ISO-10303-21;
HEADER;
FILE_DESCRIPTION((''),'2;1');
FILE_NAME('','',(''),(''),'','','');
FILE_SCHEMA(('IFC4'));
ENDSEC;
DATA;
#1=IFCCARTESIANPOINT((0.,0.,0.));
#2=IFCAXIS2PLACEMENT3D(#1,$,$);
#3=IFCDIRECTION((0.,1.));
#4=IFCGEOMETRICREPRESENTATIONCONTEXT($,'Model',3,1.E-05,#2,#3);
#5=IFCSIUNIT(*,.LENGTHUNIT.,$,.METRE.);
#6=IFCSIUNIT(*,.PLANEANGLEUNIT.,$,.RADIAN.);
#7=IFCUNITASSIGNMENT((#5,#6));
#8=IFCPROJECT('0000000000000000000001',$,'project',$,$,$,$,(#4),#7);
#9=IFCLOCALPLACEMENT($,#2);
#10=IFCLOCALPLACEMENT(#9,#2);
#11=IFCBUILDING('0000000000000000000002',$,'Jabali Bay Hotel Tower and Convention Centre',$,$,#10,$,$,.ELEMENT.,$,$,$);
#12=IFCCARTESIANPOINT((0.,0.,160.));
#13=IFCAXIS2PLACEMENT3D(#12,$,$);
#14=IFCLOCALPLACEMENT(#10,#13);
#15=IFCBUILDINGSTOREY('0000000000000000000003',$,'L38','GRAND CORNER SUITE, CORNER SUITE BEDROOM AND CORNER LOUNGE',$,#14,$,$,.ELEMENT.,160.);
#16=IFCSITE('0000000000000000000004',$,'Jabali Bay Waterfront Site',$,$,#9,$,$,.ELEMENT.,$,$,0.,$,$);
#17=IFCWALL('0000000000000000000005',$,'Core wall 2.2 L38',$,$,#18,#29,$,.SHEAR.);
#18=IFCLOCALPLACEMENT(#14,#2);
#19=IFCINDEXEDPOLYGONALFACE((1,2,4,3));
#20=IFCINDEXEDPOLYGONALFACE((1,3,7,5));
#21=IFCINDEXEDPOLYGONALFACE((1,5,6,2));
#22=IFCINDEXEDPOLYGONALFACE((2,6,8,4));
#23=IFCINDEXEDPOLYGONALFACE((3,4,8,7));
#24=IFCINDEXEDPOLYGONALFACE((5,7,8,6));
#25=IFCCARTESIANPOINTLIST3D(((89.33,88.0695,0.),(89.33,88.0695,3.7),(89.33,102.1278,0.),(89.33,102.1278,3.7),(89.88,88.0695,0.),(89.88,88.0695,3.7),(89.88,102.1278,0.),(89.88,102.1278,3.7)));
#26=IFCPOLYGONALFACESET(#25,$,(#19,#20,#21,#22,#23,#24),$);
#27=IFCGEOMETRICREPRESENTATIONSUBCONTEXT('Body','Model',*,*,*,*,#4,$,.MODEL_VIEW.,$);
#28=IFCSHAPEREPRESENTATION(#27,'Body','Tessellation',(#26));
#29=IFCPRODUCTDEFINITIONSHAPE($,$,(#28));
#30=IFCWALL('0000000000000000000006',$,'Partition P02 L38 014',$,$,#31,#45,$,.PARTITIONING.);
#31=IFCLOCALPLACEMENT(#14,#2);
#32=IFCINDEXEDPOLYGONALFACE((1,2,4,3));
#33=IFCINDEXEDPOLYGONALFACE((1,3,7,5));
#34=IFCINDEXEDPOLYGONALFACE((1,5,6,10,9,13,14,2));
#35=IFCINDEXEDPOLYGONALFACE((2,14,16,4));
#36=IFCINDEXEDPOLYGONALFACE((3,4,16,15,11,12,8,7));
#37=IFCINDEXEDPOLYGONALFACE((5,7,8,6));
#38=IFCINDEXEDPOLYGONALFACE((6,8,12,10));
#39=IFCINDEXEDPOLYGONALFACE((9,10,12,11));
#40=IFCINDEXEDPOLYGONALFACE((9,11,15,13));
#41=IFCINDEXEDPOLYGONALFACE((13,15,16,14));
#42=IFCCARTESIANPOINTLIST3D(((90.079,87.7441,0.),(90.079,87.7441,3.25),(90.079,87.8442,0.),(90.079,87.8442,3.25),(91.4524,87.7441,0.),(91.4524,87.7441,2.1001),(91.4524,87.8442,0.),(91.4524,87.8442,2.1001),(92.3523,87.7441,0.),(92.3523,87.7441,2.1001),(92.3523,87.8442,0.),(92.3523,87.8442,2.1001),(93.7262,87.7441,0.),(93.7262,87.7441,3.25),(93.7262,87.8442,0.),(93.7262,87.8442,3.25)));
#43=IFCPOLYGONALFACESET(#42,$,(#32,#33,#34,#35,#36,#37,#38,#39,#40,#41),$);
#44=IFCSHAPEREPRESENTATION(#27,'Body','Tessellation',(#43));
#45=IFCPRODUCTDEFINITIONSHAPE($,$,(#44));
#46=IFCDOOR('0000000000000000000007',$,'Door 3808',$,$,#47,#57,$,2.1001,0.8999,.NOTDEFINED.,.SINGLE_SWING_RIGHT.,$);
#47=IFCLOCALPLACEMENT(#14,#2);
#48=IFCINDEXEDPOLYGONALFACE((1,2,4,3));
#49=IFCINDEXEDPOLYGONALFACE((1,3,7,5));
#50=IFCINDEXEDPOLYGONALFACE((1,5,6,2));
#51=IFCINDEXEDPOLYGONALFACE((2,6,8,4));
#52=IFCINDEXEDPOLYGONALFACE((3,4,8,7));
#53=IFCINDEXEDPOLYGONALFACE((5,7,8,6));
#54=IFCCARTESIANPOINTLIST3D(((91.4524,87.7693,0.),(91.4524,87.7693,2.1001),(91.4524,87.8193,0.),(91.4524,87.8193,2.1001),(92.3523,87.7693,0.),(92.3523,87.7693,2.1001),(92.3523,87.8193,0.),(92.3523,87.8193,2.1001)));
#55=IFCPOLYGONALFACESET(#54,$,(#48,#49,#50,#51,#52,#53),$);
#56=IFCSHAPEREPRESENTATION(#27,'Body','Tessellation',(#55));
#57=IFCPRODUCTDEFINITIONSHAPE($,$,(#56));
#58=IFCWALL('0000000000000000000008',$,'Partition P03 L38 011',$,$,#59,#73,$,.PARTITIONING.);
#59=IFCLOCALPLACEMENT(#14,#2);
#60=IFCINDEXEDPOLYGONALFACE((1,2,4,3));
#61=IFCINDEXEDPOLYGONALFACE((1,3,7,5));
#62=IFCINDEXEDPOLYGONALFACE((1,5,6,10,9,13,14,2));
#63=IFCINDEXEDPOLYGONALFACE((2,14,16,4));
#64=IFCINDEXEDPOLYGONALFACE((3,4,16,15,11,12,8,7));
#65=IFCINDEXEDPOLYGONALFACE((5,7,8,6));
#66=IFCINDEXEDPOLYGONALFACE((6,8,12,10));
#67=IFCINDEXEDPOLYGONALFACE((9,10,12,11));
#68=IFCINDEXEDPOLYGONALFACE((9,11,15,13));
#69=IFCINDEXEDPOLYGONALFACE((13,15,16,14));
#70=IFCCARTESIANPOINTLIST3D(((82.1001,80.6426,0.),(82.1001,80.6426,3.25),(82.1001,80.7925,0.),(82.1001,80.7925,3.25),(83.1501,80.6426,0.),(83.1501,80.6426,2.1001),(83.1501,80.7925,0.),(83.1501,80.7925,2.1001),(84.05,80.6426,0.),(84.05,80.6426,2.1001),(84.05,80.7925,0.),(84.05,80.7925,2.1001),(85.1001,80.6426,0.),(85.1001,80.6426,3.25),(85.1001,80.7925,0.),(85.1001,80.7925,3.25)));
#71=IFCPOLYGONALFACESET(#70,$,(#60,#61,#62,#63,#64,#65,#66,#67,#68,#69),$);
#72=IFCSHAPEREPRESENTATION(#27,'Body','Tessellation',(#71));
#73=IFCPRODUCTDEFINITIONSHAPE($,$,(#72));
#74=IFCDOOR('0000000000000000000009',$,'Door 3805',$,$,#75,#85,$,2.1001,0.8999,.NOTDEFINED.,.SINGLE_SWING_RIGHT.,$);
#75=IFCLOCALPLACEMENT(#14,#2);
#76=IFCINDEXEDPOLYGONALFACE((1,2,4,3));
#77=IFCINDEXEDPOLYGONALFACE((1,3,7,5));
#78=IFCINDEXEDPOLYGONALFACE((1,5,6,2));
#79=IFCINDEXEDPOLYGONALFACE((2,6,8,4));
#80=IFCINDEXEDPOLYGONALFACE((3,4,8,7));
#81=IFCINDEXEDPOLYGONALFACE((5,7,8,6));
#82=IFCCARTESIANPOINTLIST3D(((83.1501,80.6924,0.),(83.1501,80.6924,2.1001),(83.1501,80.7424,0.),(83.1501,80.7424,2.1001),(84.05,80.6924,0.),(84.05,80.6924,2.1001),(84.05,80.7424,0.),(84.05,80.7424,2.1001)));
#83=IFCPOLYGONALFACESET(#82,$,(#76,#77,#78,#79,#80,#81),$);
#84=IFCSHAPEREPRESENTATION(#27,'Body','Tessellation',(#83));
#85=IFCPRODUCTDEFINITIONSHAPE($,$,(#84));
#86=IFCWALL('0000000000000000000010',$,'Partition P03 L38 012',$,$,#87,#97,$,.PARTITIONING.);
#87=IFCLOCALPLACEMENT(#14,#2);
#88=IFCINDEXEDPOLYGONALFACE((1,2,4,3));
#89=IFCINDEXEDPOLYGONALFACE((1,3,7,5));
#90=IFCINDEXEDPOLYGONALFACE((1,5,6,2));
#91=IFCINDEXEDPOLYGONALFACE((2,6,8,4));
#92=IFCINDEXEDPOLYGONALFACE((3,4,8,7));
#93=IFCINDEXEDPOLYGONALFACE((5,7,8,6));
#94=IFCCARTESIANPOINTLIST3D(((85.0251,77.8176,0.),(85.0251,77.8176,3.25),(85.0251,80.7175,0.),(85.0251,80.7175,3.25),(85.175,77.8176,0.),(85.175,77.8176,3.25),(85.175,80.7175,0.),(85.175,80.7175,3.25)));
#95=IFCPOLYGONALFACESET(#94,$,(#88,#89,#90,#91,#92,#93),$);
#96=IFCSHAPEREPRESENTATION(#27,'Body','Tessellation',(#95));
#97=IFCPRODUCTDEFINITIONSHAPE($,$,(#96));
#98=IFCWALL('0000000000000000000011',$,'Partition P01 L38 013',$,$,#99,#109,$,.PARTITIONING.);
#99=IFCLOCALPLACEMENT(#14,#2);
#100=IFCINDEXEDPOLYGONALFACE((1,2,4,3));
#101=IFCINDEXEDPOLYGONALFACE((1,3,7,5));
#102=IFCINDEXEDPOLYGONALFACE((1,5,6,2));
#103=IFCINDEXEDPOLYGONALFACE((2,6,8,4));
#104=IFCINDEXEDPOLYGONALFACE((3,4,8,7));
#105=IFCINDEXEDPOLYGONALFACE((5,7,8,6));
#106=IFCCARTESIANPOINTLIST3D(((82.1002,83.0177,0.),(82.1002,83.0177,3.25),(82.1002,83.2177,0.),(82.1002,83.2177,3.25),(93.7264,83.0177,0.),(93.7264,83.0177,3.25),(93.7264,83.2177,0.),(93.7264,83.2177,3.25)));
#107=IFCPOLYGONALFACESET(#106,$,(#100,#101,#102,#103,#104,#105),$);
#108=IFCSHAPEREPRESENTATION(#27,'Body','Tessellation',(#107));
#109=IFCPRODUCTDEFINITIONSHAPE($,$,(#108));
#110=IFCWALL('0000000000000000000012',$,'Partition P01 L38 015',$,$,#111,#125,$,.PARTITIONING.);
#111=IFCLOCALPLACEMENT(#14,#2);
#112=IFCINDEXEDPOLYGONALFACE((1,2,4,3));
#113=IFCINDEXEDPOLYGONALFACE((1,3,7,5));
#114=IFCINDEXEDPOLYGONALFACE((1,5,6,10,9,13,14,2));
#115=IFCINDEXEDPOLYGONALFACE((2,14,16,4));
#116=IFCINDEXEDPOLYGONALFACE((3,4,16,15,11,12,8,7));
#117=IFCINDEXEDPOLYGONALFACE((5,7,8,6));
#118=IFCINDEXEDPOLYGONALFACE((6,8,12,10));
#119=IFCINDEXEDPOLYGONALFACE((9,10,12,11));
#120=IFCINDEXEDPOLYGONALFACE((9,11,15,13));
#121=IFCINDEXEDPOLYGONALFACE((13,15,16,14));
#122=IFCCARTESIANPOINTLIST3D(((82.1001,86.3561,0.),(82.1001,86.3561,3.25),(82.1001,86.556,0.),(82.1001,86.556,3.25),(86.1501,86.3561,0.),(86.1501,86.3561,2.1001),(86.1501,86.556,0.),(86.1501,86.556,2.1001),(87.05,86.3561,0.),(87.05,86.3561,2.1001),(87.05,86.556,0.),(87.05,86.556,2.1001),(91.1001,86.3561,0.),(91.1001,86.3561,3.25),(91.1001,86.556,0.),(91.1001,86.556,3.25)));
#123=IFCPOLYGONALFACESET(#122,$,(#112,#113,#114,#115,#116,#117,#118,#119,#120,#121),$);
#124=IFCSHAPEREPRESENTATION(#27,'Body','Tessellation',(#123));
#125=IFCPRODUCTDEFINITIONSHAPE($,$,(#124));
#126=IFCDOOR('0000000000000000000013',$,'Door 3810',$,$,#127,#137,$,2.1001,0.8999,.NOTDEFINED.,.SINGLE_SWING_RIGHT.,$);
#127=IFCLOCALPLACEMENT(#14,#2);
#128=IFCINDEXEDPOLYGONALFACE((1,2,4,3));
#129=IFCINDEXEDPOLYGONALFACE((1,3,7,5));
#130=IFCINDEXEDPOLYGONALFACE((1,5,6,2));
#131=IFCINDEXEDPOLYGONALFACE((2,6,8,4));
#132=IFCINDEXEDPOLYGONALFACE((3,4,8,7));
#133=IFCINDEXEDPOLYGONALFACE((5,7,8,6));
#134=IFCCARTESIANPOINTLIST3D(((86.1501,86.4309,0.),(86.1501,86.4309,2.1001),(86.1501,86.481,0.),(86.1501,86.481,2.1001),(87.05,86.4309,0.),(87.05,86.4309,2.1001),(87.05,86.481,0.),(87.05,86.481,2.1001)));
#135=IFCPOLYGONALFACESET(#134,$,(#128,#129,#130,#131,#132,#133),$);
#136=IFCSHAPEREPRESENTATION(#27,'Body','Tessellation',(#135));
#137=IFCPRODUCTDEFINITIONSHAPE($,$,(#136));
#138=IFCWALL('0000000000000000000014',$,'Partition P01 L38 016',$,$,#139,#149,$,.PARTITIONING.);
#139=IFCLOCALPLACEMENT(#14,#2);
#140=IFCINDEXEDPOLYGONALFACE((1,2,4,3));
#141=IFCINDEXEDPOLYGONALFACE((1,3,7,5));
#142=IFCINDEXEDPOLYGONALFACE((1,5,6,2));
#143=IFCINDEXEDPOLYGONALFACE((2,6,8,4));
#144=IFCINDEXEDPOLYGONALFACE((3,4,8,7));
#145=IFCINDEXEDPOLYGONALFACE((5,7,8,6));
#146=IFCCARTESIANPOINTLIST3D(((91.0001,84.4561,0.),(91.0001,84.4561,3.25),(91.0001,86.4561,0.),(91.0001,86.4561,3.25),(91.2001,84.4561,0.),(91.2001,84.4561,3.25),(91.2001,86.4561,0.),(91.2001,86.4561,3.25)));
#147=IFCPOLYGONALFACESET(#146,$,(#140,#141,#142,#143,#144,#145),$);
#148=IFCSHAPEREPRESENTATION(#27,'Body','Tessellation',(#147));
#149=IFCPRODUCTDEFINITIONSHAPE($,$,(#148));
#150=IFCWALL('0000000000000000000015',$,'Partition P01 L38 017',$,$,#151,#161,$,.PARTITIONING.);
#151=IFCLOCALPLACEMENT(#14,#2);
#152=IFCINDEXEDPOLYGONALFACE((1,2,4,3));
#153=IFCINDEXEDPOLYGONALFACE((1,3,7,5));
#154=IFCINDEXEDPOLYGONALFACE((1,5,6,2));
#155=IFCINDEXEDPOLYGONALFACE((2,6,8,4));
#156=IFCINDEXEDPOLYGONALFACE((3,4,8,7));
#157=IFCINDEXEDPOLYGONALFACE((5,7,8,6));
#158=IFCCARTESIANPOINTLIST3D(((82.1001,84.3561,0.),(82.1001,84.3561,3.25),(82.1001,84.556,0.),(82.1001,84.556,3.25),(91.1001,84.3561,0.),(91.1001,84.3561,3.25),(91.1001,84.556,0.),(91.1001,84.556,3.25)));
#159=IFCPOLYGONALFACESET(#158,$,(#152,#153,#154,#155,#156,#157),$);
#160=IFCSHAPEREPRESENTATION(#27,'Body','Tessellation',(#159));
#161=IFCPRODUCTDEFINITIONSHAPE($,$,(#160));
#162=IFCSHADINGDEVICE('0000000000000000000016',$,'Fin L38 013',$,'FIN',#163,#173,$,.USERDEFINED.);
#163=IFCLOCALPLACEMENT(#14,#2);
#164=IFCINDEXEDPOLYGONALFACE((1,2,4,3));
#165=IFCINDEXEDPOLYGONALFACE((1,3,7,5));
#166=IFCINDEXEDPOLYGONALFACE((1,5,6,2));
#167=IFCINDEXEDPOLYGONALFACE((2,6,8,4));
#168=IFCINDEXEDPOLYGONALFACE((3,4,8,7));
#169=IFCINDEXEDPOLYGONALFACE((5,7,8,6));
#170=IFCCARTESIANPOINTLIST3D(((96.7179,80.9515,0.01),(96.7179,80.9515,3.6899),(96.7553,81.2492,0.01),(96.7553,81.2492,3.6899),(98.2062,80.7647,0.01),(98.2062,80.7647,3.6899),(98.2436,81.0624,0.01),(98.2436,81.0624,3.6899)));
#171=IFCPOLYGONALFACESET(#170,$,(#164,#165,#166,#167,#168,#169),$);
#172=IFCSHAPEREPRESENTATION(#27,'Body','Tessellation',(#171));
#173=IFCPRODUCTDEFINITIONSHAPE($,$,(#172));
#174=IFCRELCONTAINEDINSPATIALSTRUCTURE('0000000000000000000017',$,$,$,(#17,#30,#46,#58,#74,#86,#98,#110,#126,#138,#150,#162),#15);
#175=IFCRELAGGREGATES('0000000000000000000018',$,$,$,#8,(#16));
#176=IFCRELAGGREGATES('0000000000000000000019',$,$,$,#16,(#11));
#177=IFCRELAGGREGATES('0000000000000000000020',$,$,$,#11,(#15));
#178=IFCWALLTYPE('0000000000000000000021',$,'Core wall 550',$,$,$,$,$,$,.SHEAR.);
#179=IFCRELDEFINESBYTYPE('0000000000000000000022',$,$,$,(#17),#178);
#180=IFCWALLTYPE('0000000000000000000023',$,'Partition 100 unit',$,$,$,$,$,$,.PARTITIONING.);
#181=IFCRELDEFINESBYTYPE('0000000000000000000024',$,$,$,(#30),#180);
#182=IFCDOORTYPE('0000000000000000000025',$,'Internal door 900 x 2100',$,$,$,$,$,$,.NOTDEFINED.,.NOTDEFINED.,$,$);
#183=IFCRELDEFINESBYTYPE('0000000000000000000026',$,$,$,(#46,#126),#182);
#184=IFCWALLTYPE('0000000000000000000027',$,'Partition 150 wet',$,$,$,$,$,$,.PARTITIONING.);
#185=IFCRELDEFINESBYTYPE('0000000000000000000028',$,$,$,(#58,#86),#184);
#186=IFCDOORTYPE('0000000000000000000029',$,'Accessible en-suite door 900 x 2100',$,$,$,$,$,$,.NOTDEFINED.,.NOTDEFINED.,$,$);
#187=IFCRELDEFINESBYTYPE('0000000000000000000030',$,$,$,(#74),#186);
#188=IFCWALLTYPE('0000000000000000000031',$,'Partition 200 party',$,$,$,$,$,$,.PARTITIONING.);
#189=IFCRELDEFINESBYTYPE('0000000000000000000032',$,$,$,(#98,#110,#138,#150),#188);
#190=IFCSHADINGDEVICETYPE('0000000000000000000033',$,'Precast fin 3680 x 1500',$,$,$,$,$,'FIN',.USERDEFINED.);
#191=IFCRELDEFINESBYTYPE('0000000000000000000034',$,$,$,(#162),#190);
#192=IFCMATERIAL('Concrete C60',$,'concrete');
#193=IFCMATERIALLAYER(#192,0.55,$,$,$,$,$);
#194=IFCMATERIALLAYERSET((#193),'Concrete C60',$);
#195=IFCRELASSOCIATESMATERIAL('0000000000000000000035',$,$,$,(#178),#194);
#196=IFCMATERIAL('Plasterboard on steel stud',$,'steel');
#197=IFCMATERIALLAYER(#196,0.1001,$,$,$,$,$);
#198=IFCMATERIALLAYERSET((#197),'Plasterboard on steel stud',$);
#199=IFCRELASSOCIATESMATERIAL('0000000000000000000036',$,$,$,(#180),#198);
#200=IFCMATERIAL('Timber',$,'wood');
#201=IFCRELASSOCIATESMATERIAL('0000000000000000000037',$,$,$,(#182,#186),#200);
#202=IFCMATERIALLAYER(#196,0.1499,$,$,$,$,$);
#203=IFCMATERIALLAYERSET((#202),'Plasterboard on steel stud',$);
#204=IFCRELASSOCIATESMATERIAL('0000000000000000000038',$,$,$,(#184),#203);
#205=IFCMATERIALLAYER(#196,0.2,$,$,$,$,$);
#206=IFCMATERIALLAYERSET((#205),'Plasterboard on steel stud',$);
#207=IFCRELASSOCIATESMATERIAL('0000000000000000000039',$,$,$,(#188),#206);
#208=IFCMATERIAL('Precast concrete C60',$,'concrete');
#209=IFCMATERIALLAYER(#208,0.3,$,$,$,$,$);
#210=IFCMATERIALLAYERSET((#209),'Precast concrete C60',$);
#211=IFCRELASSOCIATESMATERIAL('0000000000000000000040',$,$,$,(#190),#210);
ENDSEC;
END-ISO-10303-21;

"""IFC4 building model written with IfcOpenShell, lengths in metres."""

from ifc_helpers import new_model, si_unit, direction, frame, frame_2d, origin, place, context, subcontext, project, spatial, rectangle, extrude, material, layer, layer_set, type_object, element, fill, save


model = new_model("IFC4")

# Units and contexts
model_context = context("Model", 3, precision=1e-05, world=origin(), true_north=direction((0.0, 1.0)))
body_context = subcontext(model_context, "Body", "Model", "MODEL_VIEW")
ifc_project = project(units=[si_unit("LENGTHUNIT", "METRE"), si_unit("PLANEANGLEUNIT", "RADIAN")], contexts=[model_context])

# Site, building, storey
site_placement = place(None, origin())
site = spatial("IfcSite", under=ifc_project, at=site_placement, Name="Jabali Bay Waterfront Site", CompositionType="ELEMENT", RefElevation=0.0)
building_placement = place(site_placement, origin())
building = spatial("IfcBuilding", under=site, at=building_placement, Name="Jabali Bay Hotel Tower and Convention Centre", CompositionType="ELEMENT")
storey_placement = place(building_placement, frame((0.0, 0.0, 160.0)))
storey = spatial("IfcBuildingStorey", under=building, at=storey_placement, Name="L38", Description="GRAND CORNER SUITE, CORNER SUITE BEDROOM AND CORNER LOUNGE", CompositionType="ELEMENT", Elevation=160.0)

# Shared definitions
ifc_material_1 = material(Name="Concrete C60", Category="concrete")

# Wall
ifc_layer_1 = layer(ifc_material_1, 0.55)
ifc_layer_set_1 = layer_set([ifc_layer_1], Name="Concrete C60")
wall_type_1 = type_object("IfcWallType", Name="Core wall 550", PredefinedType="SHEAR", material=ifc_layer_set_1)
wall_1_placement = place(storey_placement, frame((89.605, 88.0693, 0.0), z_axis=(0.0, 0.0, 1.0), x_axis=(0.0, 1.0, 0.0)))
element("IfcWall", 1, at=wall_1_placement, inside=storey, type_object=wall_type_1, Name="Core wall 2.2 L38", PredefinedType="SHEAR", context=body_context, shape_type="SweptSolid", body=[
    extrude(rectangle(XDim=14.0583, YDim=0.55, at=frame_2d((7.0293, 0.0))), origin(), (0.0, 0.0, 1.0), 3.7),
])

# Walls, openings, doors
ifc_material_2 = material(Name="Plasterboard on steel stud", Category="steel")
ifc_layer_2 = layer(ifc_material_2, 0.1001)
ifc_layer_set_2 = layer_set([ifc_layer_2], Name="Plasterboard on steel stud")
wall_type_2 = type_object("IfcWallType", Name="Partition 100 unit", PredefinedType="PARTITIONING", material=ifc_layer_set_2)
wall_2_placement = place(storey_placement, frame((93.7263, 87.7942, 0.0), z_axis=(0.0, 0.0, 1.0), x_axis=(-1.0, 0.0, 0.0)))
wall_2 = element("IfcWall", 2, at=wall_2_placement, inside=storey, type_object=wall_type_2, Name="Partition P02 L38 014", PredefinedType="PARTITIONING", context=body_context, shape_type="SweptSolid", body=[
    extrude(rectangle(XDim=3.6472, YDim=0.1001, at=frame_2d((1.8237, 0.0))), origin(), (0.0, 0.0, 1.0), 3.25),
])
opening_1_placement = place(wall_2_placement, frame((1.374, 0.0, 0.0)))
opening_1 = element("IfcOpeningElement", 3, at=opening_1_placement, cuts=wall_2, PredefinedType="OPENING", context=body_context, shape_type="SweptSolid", body=[
    extrude(rectangle(XDim=0.8999, YDim=2.1001, at=frame_2d((0.45, 1.05))), frame((0.0, 0.0605, 0.0), z_axis=(0.0, -1.0, 0.0), x_axis=(1.0, 0.0, 0.0)), (0.0, 0.0, 1.0), 0.1211),
])
ifc_material_3 = material(Name="Timber", Category="wood")
door_type_1 = type_object("IfcDoorType", Name="Internal door 900 x 2100", OperationType="NOTDEFINED", PredefinedType="NOTDEFINED", material=ifc_material_3)
door_1_placement = place(opening_1_placement, origin())
door_1 = element("IfcDoor", 4, at=door_1_placement, inside=storey, type_object=door_type_1, Name="Door 3808", OperationType="SINGLE_SWING_RIGHT", OverallHeight=2.1001, OverallWidth=0.8999, PredefinedType="NOTDEFINED", context=body_context, shape_type="SweptSolid", body=[
    extrude(rectangle(XDim=0.8999, YDim=2.1001, at=frame_2d((0.45, 1.05))), frame((0.0, 0.0249, 0.0), z_axis=(0.0, -1.0, 0.0), x_axis=(1.0, 0.0, 0.0)), (0.0, 0.0, 1.0), 0.05),
])
fill(opening_1, door_1)
ifc_layer_3 = layer(ifc_material_2, 0.1499)
ifc_layer_set_3 = layer_set([ifc_layer_3], Name="Plasterboard on steel stud")
wall_type_3 = type_object("IfcWallType", Name="Partition 150 wet", PredefinedType="PARTITIONING", material=ifc_layer_set_3)
wall_3_placement = place(storey_placement, frame((82.1001, 80.7175, 0.0), z_axis=(0.0, 0.0, 1.0), x_axis=(1.0, 0.0, 0.0)))
wall_3 = element("IfcWall", 5, at=wall_3_placement, inside=storey, type_object=wall_type_3, Name="Partition P03 L38 011", PredefinedType="PARTITIONING", context=body_context, shape_type="SweptSolid", body=[
    extrude(rectangle(XDim=3.0, YDim=0.1499, at=frame_2d((1.5, 0.0))), origin(), (0.0, 0.0, 1.0), 3.25),
])
opening_2_placement = place(wall_3_placement, frame((1.05, 0.0, 0.0)))
opening_2 = element("IfcOpeningElement", 6, at=opening_2_placement, cuts=wall_3, PredefinedType="OPENING", context=body_context, shape_type="SweptSolid", body=[
    extrude(rectangle(XDim=0.8999, YDim=2.1001, at=frame_2d((0.45, 1.05))), frame((0.0, 0.0854, 0.0), z_axis=(0.0, -1.0, 0.0), x_axis=(1.0, 0.0, 0.0)), (0.0, 0.0, 1.0), 0.1709),
])
door_type_2 = type_object("IfcDoorType", Name="Accessible en-suite door 900 x 2100", OperationType="NOTDEFINED", PredefinedType="NOTDEFINED", material=ifc_material_3)
door_2_placement = place(opening_2_placement, origin())
door_2 = element("IfcDoor", 7, at=door_2_placement, inside=storey, type_object=door_type_2, Name="Door 3805", OperationType="SINGLE_SWING_RIGHT", OverallHeight=2.1001, OverallWidth=0.8999, PredefinedType="NOTDEFINED", context=body_context, shape_type="SweptSolid", body=[
    extrude(rectangle(XDim=0.8999, YDim=2.1001, at=frame_2d((0.45, 1.05))), frame((0.0, 0.0249, 0.0), z_axis=(0.0, -1.0, 0.0), x_axis=(1.0, 0.0, 0.0)), (0.0, 0.0, 1.0), 0.05),
])
fill(opening_2, door_2)

# Walls
wall_4_placement = place(storey_placement, frame((85.1001, 80.7175, 0.0), z_axis=(0.0, 0.0, 1.0), x_axis=(0.0, -1.0, 0.0)))
element("IfcWall", 8, at=wall_4_placement, inside=storey, type_object=wall_type_3, Name="Partition P03 L38 012", PredefinedType="PARTITIONING", context=body_context, shape_type="SweptSolid", body=[
    extrude(rectangle(XDim=2.8999, YDim=0.1499, at=frame_2d((1.45, 0.0))), origin(), (0.0, 0.0, 1.0), 3.25),
])
ifc_layer_4 = layer(ifc_material_2, 0.2)
ifc_layer_set_4 = layer_set([ifc_layer_4], Name="Plasterboard on steel stud")
wall_type_4 = type_object("IfcWallType", Name="Partition 200 party", PredefinedType="PARTITIONING", material=ifc_layer_set_4)
wall_5_placement = place(storey_placement, frame((93.7263, 83.1177, 0.0), z_axis=(0.0, 0.0, 1.0), x_axis=(-1.0, 0.0, 0.0)))
element("IfcWall", 9, at=wall_5_placement, inside=storey, type_object=wall_type_4, Name="Partition P01 L38 013", PredefinedType="PARTITIONING", context=body_context, shape_type="SweptSolid", body=[
    extrude(rectangle(XDim=11.6262, YDim=0.2, at=frame_2d((5.813, 0.0))), origin(), (0.0, 0.0, 1.0), 3.25),
])

# Wall, opening, door
wall_6_placement = place(storey_placement, frame((82.1001, 86.4561, 0.0), z_axis=(0.0, 0.0, 1.0), x_axis=(1.0, 0.0, 0.0)))
wall_6 = element("IfcWall", 10, at=wall_6_placement, inside=storey, type_object=wall_type_4, Name="Partition P01 L38 015", PredefinedType="PARTITIONING", context=body_context, shape_type="SweptSolid", body=[
    extrude(rectangle(XDim=9.0, YDim=0.2, at=frame_2d((4.5, 0.0))), origin(), (0.0, 0.0, 1.0), 3.25),
])
opening_3_placement = place(wall_6_placement, frame((4.05, 0.0, 0.0)))
opening_3 = element("IfcOpeningElement", 11, at=opening_3_placement, cuts=wall_6, PredefinedType="OPENING", context=body_context, shape_type="SweptSolid", body=[
    extrude(rectangle(XDim=0.8999, YDim=2.1001, at=frame_2d((0.45, 1.05))), frame((0.0, 0.1104, 0.0), z_axis=(0.0, -1.0, 0.0), x_axis=(1.0, 0.0, 0.0)), (0.0, 0.0, 1.0), 0.2209),
])
door_3_placement = place(opening_3_placement, origin())
door_3 = element("IfcDoor", 12, at=door_3_placement, inside=storey, type_object=door_type_1, Name="Door 3810", OperationType="SINGLE_SWING_RIGHT", OverallHeight=2.1001, OverallWidth=0.8999, PredefinedType="NOTDEFINED", context=body_context, shape_type="SweptSolid", body=[
    extrude(rectangle(XDim=0.8999, YDim=2.1001, at=frame_2d((0.45, 1.05))), frame((0.0, 0.0249, 0.0), z_axis=(0.0, -1.0, 0.0), x_axis=(1.0, 0.0, 0.0)), (0.0, 0.0, 1.0), 0.05),
])
fill(opening_3, door_3)

# Walls
wall_7_placement = place(storey_placement, frame((91.1001, 86.4561, 0.0), z_axis=(0.0, 0.0, 1.0), x_axis=(0.0, -1.0, 0.0)))
element("IfcWall", 13, at=wall_7_placement, inside=storey, type_object=wall_type_4, Name="Partition P01 L38 016", PredefinedType="PARTITIONING", context=body_context, shape_type="SweptSolid", body=[
    extrude(rectangle(XDim=2.0, YDim=0.2, at=frame_2d((1.0, 0.0))), origin(), (0.0, 0.0, 1.0), 3.25),
])
wall_8_placement = place(storey_placement, frame((91.1001, 84.4561, 0.0), z_axis=(0.0, 0.0, 1.0), x_axis=(-1.0, 0.0, 0.0)))
element("IfcWall", 14, at=wall_8_placement, inside=storey, type_object=wall_type_4, Name="Partition P01 L38 017", PredefinedType="PARTITIONING", context=body_context, shape_type="SweptSolid", body=[
    extrude(rectangle(XDim=9.0, YDim=0.2, at=frame_2d((4.5, 0.0))), origin(), (0.0, 0.0, 1.0), 3.25),
])

# Shading device
ifc_material_4 = material(Name="Precast concrete C60", Category="concrete")
ifc_layer_5 = layer(ifc_material_4, 0.3)
ifc_layer_set_5 = layer_set([ifc_layer_5], Name="Precast concrete C60")
shading_device_type = type_object("IfcShadingDeviceType", Name="Precast fin 3680 x 1500", ElementType="FIN", PredefinedType="USERDEFINED", material=ifc_layer_set_5)
for number, where, z_axis, x_axis, name in (
    (15, (96.7366, 81.1003, 0.01), (0.0, 0.0, 1.0), (0.992218, -0.124516, 0.0), "Fin L38 013"),
):
    element("IfcShadingDevice", number, at=place(storey_placement, frame(where, z_axis=z_axis, x_axis=x_axis)), inside=storey, type_object=shading_device_type, Name=name, ObjectType="FIN", PredefinedType="USERDEFINED", context=body_context, shape_type="SweptSolid", body=[
        extrude(rectangle(XDim=1.5, YDim=0.3, at=frame_2d((0.75, 0.0))), origin(), (0.0, 0.0, 1.0), 3.6799),
    ])

save(model, "model.ifc")
